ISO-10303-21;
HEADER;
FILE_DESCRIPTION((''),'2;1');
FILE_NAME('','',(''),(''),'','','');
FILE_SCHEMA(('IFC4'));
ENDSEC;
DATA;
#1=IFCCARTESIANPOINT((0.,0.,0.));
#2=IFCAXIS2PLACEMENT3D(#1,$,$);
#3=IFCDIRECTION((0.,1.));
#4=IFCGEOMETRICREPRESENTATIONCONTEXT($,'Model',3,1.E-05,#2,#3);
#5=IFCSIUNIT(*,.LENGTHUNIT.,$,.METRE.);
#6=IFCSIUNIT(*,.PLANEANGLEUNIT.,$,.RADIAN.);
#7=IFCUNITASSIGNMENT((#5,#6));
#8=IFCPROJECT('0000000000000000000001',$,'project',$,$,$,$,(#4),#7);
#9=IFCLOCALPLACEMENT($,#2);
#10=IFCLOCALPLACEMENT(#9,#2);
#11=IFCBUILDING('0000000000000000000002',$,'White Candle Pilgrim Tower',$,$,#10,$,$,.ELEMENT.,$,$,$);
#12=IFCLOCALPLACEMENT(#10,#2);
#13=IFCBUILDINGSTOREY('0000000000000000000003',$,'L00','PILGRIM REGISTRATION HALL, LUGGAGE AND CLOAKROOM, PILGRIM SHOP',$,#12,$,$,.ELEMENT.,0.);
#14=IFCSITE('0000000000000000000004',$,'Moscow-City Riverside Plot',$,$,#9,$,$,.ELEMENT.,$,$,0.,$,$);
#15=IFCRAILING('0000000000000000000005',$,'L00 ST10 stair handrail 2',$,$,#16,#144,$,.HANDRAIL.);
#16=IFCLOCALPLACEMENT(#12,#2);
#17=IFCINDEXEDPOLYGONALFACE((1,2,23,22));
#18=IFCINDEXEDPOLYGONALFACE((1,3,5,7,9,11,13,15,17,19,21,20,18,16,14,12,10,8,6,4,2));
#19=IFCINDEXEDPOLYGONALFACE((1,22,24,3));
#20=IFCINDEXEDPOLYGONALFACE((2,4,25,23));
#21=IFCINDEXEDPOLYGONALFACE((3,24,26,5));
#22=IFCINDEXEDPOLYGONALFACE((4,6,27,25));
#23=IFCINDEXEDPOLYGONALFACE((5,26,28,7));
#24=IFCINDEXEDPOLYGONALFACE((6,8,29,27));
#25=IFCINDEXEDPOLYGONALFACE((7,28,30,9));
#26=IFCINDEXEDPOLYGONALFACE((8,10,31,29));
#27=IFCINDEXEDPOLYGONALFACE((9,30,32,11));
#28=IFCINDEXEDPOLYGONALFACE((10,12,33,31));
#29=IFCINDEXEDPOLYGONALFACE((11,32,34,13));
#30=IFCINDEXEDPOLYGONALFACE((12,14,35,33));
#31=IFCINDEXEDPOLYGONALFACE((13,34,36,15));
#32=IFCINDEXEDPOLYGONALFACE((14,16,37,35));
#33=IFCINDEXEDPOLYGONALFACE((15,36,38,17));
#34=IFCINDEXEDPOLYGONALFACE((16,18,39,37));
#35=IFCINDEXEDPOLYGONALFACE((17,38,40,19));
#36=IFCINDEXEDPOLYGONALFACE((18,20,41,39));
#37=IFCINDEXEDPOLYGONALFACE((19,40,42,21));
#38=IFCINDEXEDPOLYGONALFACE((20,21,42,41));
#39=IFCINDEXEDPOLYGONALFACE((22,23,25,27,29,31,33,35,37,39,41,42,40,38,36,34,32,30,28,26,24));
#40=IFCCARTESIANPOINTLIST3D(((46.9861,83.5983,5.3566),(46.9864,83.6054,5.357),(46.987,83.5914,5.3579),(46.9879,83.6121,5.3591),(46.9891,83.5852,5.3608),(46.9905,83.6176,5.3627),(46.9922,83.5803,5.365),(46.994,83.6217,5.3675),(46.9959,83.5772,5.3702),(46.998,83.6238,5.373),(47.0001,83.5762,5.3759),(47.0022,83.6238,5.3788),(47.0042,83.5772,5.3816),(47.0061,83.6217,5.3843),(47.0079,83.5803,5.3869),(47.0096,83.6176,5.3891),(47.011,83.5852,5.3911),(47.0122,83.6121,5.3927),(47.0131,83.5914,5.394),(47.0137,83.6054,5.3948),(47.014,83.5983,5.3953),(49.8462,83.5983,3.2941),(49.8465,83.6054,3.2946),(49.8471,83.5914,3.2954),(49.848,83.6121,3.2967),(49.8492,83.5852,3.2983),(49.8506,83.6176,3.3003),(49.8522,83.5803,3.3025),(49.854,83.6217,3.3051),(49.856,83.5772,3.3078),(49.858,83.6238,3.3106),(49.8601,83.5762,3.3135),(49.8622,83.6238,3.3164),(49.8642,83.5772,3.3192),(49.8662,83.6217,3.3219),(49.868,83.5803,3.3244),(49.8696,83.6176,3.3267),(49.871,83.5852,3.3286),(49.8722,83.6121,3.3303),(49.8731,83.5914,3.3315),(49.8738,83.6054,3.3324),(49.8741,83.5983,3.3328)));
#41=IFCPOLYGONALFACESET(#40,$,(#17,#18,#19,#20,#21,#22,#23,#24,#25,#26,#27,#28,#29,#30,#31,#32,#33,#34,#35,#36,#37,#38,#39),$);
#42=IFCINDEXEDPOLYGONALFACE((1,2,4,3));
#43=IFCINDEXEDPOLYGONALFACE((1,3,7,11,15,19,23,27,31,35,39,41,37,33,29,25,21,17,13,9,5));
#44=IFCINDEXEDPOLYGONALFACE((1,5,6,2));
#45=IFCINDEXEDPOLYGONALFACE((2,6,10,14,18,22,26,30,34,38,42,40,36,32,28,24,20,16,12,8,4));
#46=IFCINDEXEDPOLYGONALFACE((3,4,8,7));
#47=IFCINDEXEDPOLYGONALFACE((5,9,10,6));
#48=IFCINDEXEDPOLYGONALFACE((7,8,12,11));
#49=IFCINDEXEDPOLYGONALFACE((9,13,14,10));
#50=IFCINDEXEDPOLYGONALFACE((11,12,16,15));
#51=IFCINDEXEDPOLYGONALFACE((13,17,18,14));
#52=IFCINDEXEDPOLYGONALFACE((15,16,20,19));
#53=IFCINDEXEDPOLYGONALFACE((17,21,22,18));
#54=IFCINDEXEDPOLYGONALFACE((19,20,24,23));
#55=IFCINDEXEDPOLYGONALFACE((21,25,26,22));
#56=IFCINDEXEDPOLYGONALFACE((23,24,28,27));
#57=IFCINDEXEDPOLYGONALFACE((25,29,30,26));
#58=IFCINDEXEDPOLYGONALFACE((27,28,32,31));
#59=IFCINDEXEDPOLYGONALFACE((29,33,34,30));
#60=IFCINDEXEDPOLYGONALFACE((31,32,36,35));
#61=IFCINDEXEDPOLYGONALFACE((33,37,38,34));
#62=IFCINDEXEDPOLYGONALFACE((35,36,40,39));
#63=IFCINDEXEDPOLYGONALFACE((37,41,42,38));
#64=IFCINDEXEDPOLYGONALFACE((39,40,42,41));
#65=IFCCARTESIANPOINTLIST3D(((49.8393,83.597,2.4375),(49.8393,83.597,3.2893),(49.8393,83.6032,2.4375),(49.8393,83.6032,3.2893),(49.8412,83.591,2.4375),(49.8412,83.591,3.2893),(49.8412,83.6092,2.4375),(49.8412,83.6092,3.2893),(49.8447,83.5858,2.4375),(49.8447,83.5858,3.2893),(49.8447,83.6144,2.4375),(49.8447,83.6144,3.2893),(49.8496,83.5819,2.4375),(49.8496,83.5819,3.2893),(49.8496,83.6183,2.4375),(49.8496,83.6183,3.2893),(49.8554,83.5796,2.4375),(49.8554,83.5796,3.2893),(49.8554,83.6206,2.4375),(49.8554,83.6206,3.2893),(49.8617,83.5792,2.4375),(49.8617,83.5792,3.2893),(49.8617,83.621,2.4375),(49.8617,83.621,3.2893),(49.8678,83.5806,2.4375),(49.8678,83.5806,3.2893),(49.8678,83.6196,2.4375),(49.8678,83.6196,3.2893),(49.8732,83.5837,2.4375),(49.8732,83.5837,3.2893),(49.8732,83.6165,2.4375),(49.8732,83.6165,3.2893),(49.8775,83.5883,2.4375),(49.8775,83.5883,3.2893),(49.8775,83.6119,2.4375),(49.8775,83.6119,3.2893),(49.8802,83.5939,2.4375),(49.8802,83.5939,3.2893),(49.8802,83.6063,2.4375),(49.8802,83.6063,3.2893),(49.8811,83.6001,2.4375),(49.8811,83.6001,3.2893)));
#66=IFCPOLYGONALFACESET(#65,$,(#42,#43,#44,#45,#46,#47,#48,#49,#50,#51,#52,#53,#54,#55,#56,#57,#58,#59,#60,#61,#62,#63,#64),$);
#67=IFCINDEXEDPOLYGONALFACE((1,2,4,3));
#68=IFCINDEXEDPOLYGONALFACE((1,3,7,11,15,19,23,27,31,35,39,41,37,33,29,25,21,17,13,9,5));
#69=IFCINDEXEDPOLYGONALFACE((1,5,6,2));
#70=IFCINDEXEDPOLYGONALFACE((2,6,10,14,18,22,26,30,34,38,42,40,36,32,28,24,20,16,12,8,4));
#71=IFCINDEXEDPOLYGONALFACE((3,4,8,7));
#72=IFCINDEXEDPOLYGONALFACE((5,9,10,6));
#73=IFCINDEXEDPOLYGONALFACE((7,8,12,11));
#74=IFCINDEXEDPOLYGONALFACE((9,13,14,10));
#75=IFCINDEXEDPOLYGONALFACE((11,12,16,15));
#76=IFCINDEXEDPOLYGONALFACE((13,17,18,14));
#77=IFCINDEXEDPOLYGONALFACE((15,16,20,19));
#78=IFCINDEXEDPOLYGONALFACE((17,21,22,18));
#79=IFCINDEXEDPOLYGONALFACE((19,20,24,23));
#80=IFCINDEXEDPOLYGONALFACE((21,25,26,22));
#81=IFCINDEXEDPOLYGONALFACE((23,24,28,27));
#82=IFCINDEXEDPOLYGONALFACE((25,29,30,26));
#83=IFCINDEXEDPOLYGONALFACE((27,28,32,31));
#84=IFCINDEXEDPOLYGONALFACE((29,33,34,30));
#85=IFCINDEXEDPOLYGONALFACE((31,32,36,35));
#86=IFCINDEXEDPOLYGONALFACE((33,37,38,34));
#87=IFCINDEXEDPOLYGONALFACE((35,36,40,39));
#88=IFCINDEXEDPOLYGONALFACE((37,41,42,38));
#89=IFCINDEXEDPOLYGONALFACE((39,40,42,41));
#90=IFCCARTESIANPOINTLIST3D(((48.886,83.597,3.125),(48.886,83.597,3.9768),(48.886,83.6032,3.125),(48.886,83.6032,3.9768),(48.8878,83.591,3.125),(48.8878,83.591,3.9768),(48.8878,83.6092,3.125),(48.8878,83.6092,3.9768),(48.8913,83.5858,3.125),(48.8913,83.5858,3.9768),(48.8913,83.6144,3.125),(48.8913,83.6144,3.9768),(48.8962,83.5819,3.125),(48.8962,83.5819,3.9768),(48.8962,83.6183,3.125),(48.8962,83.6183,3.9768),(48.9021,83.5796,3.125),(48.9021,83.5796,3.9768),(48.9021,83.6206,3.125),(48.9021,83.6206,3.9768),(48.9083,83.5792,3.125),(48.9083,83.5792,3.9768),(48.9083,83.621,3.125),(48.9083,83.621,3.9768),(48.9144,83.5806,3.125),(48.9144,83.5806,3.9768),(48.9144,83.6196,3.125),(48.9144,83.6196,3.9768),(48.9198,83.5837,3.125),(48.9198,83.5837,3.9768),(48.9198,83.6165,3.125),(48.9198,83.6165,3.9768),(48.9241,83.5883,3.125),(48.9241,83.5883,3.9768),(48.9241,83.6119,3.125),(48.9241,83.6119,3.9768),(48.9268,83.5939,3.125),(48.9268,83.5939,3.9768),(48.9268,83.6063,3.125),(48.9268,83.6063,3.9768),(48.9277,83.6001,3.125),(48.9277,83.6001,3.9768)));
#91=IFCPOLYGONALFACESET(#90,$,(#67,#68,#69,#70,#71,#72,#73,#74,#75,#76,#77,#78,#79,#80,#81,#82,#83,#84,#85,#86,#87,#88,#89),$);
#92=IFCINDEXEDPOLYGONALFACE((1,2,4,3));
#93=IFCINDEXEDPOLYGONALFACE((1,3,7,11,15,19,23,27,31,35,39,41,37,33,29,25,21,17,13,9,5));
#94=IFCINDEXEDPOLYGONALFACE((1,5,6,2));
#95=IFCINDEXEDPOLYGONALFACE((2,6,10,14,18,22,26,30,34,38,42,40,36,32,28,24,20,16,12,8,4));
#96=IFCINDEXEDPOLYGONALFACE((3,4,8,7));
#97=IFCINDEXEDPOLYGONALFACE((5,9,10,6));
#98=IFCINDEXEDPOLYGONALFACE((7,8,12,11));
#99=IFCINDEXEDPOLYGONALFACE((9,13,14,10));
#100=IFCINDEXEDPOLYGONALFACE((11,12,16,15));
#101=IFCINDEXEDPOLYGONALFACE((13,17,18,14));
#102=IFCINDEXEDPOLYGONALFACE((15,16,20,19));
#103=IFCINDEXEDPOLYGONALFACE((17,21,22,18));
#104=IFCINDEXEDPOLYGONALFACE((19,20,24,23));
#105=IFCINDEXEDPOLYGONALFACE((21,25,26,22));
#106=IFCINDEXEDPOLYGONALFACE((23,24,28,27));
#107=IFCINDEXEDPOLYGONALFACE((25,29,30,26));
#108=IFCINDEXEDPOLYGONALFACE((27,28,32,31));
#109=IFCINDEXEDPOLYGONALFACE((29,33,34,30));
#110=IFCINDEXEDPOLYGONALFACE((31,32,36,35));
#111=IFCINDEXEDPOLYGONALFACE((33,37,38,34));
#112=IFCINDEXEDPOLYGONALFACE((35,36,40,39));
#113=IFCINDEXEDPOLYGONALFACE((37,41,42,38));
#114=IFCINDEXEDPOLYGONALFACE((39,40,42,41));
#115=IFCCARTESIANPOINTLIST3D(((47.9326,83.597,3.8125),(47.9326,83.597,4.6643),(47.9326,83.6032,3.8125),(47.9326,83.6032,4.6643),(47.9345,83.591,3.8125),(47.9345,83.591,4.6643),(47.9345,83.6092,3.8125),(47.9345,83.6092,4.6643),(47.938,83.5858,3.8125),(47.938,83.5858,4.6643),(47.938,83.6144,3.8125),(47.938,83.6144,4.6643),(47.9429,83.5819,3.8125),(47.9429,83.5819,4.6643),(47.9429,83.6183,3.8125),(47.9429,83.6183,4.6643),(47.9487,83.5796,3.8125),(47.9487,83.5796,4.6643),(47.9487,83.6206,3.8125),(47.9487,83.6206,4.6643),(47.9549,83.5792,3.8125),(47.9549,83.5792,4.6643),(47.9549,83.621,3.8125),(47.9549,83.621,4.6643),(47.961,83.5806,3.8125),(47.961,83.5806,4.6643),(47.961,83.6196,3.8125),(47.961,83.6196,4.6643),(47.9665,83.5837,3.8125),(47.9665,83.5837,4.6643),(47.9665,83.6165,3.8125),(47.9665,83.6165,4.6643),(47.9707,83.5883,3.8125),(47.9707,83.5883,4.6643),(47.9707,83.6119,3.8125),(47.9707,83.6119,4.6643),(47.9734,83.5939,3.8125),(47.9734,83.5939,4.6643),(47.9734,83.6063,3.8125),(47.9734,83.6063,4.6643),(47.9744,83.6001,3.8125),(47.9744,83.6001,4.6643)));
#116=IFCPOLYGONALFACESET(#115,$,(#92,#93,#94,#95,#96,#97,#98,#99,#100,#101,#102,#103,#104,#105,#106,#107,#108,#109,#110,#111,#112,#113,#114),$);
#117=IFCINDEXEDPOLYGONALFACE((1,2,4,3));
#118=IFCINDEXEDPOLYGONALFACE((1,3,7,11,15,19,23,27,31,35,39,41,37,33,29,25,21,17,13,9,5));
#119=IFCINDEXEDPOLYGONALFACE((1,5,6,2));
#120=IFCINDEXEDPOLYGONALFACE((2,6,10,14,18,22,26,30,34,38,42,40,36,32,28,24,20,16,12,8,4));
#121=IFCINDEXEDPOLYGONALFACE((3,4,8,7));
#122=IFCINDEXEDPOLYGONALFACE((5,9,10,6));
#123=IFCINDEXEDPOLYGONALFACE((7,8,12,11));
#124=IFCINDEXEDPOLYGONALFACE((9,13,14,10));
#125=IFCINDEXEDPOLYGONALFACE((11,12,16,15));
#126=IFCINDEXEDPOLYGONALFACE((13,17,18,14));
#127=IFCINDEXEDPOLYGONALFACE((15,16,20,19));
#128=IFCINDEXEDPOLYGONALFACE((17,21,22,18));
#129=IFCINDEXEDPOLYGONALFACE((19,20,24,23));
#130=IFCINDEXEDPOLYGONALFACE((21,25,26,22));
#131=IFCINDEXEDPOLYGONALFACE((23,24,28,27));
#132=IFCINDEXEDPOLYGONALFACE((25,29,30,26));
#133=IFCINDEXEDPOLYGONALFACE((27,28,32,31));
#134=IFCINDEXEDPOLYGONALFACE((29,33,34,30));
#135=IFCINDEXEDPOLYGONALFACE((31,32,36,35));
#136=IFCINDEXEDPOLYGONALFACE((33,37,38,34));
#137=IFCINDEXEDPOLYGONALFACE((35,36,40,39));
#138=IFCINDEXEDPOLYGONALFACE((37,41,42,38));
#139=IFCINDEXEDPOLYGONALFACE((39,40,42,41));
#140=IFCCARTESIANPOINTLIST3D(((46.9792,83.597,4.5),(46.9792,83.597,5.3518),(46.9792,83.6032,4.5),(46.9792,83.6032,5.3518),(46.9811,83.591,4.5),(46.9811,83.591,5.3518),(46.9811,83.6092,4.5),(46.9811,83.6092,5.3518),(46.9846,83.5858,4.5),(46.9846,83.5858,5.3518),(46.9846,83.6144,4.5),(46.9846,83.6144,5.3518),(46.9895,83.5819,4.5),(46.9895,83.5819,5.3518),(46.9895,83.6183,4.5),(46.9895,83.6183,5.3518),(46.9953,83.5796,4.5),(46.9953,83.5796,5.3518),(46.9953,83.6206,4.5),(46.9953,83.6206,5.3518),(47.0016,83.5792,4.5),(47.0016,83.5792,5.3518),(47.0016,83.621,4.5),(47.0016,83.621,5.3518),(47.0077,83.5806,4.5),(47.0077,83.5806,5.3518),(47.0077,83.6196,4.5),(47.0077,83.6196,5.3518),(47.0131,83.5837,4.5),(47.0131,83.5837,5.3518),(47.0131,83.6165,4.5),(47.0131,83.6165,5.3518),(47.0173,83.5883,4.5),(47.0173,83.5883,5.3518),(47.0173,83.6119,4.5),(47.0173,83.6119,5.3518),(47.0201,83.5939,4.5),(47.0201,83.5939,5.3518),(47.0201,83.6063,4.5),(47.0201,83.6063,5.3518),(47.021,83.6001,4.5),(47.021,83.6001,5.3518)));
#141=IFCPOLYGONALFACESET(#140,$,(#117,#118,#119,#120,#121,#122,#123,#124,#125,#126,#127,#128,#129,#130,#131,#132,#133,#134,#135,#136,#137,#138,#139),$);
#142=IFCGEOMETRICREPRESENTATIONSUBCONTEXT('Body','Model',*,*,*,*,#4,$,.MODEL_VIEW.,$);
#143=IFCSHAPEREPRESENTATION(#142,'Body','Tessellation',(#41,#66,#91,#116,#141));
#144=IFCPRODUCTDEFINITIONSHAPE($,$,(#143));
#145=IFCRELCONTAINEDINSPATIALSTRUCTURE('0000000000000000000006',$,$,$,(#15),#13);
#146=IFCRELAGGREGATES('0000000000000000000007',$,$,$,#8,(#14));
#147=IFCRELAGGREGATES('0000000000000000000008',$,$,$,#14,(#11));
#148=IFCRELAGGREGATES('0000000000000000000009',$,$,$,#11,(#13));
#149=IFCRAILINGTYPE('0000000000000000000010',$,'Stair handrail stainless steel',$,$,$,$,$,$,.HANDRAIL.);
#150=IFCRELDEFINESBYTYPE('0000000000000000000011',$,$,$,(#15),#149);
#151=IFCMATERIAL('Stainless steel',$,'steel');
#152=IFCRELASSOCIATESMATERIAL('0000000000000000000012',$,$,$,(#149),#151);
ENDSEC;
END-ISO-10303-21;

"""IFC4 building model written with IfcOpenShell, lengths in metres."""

from ifc_helpers import new_model, si_unit, direction, frame, origin, origin_2d, place, context, subcontext, project, spatial, circle, extrude, material, type_object, element, save


model = new_model("IFC4")

# Units and contexts
model_context = context("Model", 3, precision=1e-05, world=origin(), true_north=direction((0.0, 1.0)))
body_context = subcontext(model_context, "Body", "Model", "MODEL_VIEW")
ifc_project = project(units=[si_unit("LENGTHUNIT", "METRE"), si_unit("PLANEANGLEUNIT", "RADIAN")], contexts=[model_context])

# Site, building, storey
site_placement = place(None, origin())
site = spatial("IfcSite", under=ifc_project, at=site_placement, Name="Moscow-City Riverside Plot", CompositionType="ELEMENT", RefElevation=0.0)
building_placement = place(site_placement, origin())
building = spatial("IfcBuilding", under=site, at=building_placement, Name="White Candle Pilgrim Tower", CompositionType="ELEMENT")
storey_placement = place(building_placement, origin())
storey = spatial("IfcBuildingStorey", under=building, at=storey_placement, Name="L00", Description="PILGRIM REGISTRATION HALL, LUGGAGE AND CLOAKROOM, PILGRIM SHOP", CompositionType="ELEMENT", Elevation=0.0)

# Railing
ifc_material_1 = material(Name="Stainless steel", Category="steel")
railing_type_1 = type_object("IfcRailingType", Name="Stair handrail stainless steel", PredefinedType="HANDRAIL", material=ifc_material_1)
for number, where, name in (
    (1, (49.8601, 83.6001, 2.4375), "L00 ST10 stair handrail 2"),
):
    element("IfcRailing", number, at=place(storey_placement, frame(where)), inside=storey, type_object=railing_type_1, Name=name, PredefinedType="HANDRAIL", context=body_context, shape_type="SweptSolid", body=[
        extrude(circle(Radius=0.0239, at=origin_2d()), frame((0.0, 0.0, 0.876), z_axis=(-0.811101, 0.0, 0.584906), x_axis=(0.0, -1.0, 0.0)), (0.0, 0.0, 1.0), 3.5261),
        extrude(circle(Radius=0.021, at=origin_2d()), origin(), (0.0, 0.0, 1.0), 0.8518),
        extrude(circle(Radius=0.021, at=origin_2d()), frame((-0.9534, 0.0, 0.6875)), (0.0, 0.0, 1.0), 0.8518),
        extrude(circle(Radius=0.021, at=origin_2d()), frame((-1.9067, 0.0, 1.375)), (0.0, 0.0, 1.0), 0.8518),
        extrude(circle(Radius=0.021, at=origin_2d()), frame((-2.8601, 0.0, 2.0625)), (0.0, 0.0, 1.0), 0.8518),
    ])

save(model, "model.ifc")
